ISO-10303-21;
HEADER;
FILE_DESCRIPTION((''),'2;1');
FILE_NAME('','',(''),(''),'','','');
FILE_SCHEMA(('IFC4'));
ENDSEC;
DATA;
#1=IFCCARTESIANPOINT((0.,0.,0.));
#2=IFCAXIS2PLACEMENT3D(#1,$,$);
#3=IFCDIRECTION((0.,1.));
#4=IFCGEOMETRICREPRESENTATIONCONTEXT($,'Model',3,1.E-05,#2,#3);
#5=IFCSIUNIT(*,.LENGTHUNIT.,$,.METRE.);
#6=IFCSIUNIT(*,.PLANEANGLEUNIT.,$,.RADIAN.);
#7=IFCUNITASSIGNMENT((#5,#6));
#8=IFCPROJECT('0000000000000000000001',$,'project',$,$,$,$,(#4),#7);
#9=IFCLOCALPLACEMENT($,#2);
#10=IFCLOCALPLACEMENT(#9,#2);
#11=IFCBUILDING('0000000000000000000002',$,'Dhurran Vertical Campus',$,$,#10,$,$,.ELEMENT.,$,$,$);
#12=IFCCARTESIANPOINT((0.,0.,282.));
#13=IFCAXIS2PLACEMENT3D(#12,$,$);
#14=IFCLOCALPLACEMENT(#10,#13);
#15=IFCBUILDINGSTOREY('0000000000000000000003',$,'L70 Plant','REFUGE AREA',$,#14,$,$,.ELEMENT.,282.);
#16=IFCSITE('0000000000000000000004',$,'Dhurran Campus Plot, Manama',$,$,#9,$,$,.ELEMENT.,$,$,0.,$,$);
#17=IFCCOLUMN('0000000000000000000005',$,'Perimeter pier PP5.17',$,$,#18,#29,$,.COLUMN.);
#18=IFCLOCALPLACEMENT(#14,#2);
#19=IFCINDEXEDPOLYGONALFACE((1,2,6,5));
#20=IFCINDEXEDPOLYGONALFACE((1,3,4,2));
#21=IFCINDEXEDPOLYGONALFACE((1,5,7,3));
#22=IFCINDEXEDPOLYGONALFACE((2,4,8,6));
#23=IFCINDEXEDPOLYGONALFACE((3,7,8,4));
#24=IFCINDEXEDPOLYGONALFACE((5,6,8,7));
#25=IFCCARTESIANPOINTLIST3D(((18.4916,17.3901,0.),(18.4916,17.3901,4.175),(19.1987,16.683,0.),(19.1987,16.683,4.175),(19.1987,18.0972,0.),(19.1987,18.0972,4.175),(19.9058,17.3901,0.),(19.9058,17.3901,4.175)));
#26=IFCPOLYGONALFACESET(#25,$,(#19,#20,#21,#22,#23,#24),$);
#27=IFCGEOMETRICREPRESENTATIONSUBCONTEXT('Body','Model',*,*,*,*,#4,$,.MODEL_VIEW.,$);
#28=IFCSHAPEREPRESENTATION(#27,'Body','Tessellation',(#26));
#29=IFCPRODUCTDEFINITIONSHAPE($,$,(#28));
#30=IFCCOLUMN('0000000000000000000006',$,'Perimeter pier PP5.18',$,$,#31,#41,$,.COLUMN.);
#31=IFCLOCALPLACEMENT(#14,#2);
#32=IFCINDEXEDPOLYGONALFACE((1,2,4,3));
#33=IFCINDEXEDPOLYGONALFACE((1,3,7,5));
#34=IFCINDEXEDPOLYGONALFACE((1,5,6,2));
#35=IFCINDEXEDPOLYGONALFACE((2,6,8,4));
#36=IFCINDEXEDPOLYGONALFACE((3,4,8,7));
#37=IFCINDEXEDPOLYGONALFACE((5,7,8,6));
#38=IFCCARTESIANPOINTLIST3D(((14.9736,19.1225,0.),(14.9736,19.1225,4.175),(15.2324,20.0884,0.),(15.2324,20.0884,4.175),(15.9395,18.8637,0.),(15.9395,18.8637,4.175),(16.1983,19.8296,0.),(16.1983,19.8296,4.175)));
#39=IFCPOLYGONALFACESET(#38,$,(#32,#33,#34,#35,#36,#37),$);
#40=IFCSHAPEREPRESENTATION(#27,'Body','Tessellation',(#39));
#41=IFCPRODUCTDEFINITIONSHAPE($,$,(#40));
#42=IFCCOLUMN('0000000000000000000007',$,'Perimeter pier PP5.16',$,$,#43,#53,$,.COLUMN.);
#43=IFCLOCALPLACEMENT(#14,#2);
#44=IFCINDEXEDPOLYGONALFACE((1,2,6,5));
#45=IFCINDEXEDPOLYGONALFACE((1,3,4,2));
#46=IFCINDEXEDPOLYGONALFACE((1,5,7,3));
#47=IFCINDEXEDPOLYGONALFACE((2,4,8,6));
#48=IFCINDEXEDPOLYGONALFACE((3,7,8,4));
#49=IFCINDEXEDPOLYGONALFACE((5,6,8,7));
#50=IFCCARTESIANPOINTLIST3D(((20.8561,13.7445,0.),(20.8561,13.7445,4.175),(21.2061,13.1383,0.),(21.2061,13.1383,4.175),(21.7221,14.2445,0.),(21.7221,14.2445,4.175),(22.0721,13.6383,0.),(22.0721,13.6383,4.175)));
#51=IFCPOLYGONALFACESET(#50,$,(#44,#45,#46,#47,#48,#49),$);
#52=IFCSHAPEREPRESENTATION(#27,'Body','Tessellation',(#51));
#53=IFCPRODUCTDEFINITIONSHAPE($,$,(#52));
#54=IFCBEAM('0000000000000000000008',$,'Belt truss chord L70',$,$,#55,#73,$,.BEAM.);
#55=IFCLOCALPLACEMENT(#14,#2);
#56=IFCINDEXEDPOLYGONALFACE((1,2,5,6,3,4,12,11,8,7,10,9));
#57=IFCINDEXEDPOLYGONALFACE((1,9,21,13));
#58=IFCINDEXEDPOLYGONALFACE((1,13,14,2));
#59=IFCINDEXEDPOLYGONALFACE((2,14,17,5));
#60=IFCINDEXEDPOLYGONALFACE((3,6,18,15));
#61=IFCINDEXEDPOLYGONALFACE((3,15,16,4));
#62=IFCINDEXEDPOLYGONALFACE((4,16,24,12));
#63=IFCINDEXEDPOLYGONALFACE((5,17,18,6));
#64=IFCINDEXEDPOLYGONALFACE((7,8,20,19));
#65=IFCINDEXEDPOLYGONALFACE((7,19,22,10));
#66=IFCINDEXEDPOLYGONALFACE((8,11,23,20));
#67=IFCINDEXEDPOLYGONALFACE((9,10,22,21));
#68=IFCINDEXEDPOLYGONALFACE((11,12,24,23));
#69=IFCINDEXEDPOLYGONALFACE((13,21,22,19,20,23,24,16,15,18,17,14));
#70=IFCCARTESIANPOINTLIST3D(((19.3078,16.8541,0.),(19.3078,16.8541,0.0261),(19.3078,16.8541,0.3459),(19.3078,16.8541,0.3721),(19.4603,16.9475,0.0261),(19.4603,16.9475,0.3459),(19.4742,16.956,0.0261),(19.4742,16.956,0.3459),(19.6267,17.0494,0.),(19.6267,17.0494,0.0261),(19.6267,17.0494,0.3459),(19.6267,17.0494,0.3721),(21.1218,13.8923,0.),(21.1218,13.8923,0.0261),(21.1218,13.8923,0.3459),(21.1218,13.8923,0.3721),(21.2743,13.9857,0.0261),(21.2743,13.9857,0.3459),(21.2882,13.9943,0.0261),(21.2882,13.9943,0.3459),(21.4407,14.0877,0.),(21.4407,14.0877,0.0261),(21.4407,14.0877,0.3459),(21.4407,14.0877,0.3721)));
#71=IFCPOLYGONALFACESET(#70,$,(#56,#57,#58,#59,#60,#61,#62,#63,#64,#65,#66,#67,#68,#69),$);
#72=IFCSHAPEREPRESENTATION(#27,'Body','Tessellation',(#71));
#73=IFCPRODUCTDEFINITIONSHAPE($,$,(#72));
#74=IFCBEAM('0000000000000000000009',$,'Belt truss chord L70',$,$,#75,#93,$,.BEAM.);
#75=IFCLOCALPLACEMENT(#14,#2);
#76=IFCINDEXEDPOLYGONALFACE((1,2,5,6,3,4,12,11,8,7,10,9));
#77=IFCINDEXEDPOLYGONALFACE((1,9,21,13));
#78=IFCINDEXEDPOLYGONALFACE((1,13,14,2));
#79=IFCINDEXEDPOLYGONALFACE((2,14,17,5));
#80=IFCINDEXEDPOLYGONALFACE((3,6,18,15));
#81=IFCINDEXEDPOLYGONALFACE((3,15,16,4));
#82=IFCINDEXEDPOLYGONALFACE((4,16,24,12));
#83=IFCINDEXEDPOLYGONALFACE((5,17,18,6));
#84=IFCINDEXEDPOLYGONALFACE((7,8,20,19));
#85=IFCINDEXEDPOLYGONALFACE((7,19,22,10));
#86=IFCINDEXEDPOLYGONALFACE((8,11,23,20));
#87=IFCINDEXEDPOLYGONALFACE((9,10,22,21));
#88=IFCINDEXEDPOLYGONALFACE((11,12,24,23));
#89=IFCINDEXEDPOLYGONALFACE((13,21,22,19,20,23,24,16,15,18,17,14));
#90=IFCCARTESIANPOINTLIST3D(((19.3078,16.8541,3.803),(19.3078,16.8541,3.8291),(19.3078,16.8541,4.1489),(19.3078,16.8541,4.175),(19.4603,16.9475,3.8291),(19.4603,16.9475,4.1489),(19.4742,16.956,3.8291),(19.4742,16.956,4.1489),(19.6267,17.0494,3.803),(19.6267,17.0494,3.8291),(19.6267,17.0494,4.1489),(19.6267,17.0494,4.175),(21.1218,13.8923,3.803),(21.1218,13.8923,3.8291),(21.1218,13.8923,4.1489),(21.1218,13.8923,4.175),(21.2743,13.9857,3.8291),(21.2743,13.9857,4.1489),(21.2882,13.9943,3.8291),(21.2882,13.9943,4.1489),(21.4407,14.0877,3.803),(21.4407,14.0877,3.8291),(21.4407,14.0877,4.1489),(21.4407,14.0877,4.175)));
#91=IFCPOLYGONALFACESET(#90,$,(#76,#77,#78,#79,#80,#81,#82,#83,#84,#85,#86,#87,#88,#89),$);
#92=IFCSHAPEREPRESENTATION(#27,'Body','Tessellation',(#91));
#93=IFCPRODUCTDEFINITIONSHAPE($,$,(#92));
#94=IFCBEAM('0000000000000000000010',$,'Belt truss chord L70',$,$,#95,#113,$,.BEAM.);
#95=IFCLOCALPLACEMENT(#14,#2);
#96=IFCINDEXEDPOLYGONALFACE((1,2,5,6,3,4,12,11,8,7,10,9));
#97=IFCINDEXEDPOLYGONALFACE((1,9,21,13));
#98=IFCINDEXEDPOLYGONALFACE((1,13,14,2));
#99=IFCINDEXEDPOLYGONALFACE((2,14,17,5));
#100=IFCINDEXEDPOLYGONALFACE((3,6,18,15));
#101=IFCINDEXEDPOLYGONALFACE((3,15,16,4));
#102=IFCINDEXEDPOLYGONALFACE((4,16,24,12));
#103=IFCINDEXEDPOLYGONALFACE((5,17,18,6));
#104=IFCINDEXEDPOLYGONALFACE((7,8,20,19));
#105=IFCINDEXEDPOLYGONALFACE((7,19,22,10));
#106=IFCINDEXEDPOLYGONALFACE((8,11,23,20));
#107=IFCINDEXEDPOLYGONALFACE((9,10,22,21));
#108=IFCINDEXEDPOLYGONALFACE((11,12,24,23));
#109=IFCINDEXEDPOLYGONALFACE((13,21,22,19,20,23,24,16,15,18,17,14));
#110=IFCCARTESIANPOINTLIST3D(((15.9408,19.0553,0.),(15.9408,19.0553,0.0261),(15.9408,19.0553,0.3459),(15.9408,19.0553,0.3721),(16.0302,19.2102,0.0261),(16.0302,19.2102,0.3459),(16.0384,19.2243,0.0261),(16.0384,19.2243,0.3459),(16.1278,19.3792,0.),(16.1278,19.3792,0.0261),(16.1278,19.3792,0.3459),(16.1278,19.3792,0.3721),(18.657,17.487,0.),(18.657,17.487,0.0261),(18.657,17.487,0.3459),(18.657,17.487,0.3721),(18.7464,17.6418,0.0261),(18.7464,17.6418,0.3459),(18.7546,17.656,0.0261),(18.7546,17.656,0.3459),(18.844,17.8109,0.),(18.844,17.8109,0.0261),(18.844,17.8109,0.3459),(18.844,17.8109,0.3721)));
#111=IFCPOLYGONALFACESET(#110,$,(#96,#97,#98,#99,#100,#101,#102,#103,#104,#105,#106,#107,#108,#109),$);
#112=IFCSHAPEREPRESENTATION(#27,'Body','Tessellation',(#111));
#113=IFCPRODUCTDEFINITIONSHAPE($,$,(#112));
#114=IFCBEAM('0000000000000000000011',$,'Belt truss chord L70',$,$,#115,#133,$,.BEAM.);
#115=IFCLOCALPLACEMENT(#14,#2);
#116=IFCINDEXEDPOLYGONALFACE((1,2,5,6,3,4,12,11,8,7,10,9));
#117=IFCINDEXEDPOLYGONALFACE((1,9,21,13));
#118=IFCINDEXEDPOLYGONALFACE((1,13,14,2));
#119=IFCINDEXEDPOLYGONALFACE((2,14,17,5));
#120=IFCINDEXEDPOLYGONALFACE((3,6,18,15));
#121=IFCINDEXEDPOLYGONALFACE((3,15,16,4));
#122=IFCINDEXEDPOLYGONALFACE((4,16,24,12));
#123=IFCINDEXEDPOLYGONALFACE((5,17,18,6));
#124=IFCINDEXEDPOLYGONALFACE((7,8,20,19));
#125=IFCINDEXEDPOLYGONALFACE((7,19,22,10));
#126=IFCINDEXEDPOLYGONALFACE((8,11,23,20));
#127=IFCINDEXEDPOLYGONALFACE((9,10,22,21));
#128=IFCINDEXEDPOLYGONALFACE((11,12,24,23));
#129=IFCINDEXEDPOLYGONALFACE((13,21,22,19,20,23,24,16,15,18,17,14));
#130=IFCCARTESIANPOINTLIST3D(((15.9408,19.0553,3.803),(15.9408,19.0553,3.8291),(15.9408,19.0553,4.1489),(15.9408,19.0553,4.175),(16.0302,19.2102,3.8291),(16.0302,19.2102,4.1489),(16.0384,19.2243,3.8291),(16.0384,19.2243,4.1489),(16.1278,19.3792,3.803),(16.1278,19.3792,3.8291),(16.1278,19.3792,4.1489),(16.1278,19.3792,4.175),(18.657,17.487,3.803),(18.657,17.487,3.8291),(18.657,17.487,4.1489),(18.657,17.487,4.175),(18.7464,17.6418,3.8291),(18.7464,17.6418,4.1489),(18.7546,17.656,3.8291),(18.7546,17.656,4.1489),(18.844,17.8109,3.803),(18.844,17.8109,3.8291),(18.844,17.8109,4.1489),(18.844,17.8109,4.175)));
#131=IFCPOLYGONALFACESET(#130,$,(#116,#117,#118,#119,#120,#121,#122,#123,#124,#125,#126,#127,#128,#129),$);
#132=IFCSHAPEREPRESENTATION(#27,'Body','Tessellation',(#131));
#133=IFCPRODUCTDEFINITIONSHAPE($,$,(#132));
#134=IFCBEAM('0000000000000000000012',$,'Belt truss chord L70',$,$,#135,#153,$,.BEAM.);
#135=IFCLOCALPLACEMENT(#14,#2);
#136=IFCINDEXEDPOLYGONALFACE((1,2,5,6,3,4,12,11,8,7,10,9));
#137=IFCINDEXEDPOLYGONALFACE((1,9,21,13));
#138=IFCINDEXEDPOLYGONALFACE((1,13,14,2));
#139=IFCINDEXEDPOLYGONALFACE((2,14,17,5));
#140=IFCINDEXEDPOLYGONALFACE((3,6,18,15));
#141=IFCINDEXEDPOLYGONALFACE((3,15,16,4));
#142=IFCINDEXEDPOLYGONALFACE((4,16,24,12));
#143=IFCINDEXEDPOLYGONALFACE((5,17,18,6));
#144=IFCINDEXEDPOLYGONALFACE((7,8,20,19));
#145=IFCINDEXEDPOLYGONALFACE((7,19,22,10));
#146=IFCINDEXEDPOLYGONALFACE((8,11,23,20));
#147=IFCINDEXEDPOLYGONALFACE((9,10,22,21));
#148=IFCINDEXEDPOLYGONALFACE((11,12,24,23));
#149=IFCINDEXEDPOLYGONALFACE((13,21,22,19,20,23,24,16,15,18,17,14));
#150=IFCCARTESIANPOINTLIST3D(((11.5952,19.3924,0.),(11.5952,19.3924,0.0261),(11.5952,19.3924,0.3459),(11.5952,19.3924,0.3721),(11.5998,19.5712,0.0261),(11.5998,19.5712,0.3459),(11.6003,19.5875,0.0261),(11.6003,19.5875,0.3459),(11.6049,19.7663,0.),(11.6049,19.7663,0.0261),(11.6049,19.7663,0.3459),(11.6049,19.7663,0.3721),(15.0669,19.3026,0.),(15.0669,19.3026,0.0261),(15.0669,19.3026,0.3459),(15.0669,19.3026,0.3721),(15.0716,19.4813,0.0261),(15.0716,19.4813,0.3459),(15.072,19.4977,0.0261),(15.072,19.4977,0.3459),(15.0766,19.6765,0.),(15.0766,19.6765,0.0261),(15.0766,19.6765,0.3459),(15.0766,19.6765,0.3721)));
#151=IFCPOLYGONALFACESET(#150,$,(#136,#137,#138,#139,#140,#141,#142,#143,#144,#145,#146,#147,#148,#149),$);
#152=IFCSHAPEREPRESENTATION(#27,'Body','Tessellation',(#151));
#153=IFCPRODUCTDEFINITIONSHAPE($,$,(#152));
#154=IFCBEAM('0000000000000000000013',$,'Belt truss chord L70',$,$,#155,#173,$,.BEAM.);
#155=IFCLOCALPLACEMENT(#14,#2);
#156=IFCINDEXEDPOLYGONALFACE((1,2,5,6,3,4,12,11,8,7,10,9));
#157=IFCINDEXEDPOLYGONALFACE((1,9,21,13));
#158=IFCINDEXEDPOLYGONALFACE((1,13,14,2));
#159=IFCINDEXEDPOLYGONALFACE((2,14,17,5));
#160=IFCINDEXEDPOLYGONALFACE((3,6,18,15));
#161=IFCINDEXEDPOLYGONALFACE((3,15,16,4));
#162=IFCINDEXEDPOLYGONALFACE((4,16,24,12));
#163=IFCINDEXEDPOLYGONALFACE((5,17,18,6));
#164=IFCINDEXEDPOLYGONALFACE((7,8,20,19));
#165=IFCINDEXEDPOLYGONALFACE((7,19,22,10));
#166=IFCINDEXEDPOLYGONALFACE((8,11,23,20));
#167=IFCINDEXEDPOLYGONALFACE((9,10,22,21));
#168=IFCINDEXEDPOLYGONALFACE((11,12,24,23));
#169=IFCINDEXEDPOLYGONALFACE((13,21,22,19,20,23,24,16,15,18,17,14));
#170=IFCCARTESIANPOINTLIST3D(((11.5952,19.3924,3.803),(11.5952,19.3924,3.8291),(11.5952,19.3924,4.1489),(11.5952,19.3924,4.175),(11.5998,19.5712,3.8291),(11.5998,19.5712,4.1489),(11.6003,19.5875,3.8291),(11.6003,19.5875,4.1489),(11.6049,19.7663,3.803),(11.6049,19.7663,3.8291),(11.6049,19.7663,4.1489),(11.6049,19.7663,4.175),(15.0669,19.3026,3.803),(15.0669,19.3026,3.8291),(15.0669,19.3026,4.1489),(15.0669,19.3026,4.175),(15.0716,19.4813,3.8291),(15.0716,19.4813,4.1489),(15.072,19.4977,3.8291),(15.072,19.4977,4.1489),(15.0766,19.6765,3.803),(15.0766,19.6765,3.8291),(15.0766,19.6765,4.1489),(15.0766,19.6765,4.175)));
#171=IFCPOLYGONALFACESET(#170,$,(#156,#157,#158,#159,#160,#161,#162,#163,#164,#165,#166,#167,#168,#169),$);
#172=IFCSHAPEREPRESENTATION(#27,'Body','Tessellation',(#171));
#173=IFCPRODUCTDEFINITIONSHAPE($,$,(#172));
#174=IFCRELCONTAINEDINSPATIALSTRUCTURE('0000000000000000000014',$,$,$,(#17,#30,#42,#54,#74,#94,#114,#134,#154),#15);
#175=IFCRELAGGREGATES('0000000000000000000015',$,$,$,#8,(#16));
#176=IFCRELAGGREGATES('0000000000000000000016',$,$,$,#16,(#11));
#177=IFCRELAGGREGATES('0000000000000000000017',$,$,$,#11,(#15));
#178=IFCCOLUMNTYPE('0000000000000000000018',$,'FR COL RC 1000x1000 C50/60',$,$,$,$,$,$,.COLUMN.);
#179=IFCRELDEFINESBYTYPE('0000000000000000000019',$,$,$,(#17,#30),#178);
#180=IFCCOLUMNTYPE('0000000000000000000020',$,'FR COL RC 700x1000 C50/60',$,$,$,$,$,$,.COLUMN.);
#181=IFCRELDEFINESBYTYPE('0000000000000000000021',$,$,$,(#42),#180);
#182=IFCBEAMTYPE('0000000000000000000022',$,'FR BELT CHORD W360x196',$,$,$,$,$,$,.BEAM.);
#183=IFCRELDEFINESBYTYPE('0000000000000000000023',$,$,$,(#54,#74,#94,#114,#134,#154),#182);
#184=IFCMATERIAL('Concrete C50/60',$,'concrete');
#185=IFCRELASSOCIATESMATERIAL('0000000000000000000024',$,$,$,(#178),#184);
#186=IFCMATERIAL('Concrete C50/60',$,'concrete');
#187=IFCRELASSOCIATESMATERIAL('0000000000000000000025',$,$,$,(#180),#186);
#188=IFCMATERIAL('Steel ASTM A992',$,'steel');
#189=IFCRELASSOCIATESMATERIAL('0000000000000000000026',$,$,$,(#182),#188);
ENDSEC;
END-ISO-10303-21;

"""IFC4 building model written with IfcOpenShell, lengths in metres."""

from ifc_helpers import new_model, si_unit, direction, frame, origin, origin_2d, place, context, subcontext, project, spatial, rectangle, i_section, extrude, material, material_profile, profile_set, type_object, element, save


model = new_model("IFC4")

# Units and contexts
model_context = context("Model", 3, precision=1e-05, world=origin(), true_north=direction((0.0, 1.0)))
body_context = subcontext(model_context, "Body", "Model", "MODEL_VIEW")
ifc_project = project(units=[si_unit("LENGTHUNIT", "METRE"), si_unit("PLANEANGLEUNIT", "RADIAN")], contexts=[model_context])

# Site, building, storey
site_placement = place(None, origin())
site = spatial("IfcSite", under=ifc_project, at=site_placement, Name="Dhurran Campus Plot, Manama", CompositionType="ELEMENT", RefElevation=0.0)
building_placement = place(site_placement, origin())
building = spatial("IfcBuilding", under=site, at=building_placement, Name="Dhurran Vertical Campus", CompositionType="ELEMENT")
storey_placement = place(building_placement, frame((0.0, 0.0, 282.0)))
storey = spatial("IfcBuildingStorey", under=building, at=storey_placement, Name="L70 Plant", Description="REFUGE AREA", CompositionType="ELEMENT", Elevation=282.0)

# Columns
ifc_material_1 = material(Name="Concrete C50/60", Category="concrete")
ifc_material_profile_1 = material_profile(ifc_material_1, rectangle(XDim=1.0, YDim=1.0, at=origin_2d()), Name="RC 1000x1000")
ifc_profile_set_1 = profile_set([ifc_material_profile_1], Name="Concrete C50/60")
column_type_1 = type_object("IfcColumnType", Name="FR COL RC 1000x1000 C50/60", PredefinedType="COLUMN", material=ifc_profile_set_1)
for number, where, z_axis, x_axis, name in (
    (1, (19.1987, 17.3901, 0.0), (0.0, 0.0, 1.0), (-0.707107, 0.707107, 0.0), "Perimeter pier PP5.17"),
    (2, (15.5859, 19.4761, 0.0), (0.0, 0.0, 1.0), (-0.965926, 0.258819, 0.0), "Perimeter pier PP5.18"),
):
    element("IfcColumn", number, at=place(storey_placement, frame(where, z_axis=z_axis, x_axis=x_axis)), inside=storey, type_object=column_type_1, Name=name, PredefinedType="COLUMN", context=body_context, shape_type="SweptSolid", body=[
        extrude(rectangle(XDim=1.0, YDim=1.0, at=origin_2d()), origin(), (0.0, 0.0, 1.0), 4.175),
    ])
ifc_material_2 = material(Name="Concrete C50/60", Category="concrete")
ifc_material_profile_2 = material_profile(ifc_material_2, rectangle(XDim=0.7, YDim=1.0, at=origin_2d()), Name="RC 700x1000")
ifc_profile_set_2 = profile_set([ifc_material_profile_2], Name="Concrete C50/60")
column_type_2 = type_object("IfcColumnType", Name="FR COL RC 700x1000 C50/60", PredefinedType="COLUMN", material=ifc_profile_set_2)
column_placement = place(storey_placement, frame((21.4641, 13.6914, 0.0), z_axis=(0.0, 0.0, 1.0), x_axis=(-0.5, 0.866025, 0.0)))
element("IfcColumn", 3, at=column_placement, inside=storey, type_object=column_type_2, Name="Perimeter pier PP5.16", PredefinedType="COLUMN", context=body_context, shape_type="SweptSolid", body=[
    extrude(rectangle(XDim=0.7, YDim=1.0, at=origin_2d()), origin(), (0.0, 0.0, 1.0), 4.175),
])

# Beams
ifc_material_3 = material(Name="Steel ASTM A992", Category="steel")
ifc_material_profile_3 = material_profile(ifc_material_3, i_section(OverallWidth=0.374, OverallDepth=0.3721, WebThickness=0.0164, FlangeThickness=0.0261, at=origin_2d()), Name="W360x196")
ifc_profile_set_3 = profile_set([ifc_material_profile_3], Name="Steel ASTM A992")
beam_type = type_object("IfcBeamType", Name="FR BELT CHORD W360x196", PredefinedType="BEAM", material=ifc_profile_set_3)
for number, where, z_axis, x_axis, name in (
    (4, (21.2812, 13.99, 0.186), (-0.5223, 0.852762, 0.0), (-0.852762, -0.5223, 0.0), "Belt truss chord L70"),
    (5, (21.2812, 13.99, 3.989), (-0.5223, 0.852762, 0.0), (-0.852762, -0.5223, 0.0), "Belt truss chord L70"),
):
    element("IfcBeam", number, at=place(storey_placement, frame(where, z_axis=z_axis, x_axis=x_axis)), inside=storey, type_object=beam_type, Name=name, PredefinedType="BEAM", context=body_context, shape_type="SweptSolid", body=[
        extrude(i_section(OverallWidth=0.374, OverallDepth=0.3721, WebThickness=0.0164, FlangeThickness=0.0261, at=origin_2d()), origin(), (0.0, 0.0, 1.0), 3.4731),
    ])
for number, where, z_axis, x_axis, name in (
    (6, (18.7505, 17.6489, 0.186), (-0.866012, 0.500023, 0.0), (-0.500023, -0.866012, 0.0), "Belt truss chord L70"),
    (7, (18.7505, 17.6489, 3.989), (-0.866012, 0.500023, 0.0), (-0.500023, -0.866012, 0.0), "Belt truss chord L70"),
):
    element("IfcBeam", number, at=place(storey_placement, frame(where, z_axis=z_axis, x_axis=x_axis)), inside=storey, type_object=beam_type, Name=name, PredefinedType="BEAM", context=body_context, shape_type="SweptSolid", body=[
        extrude(i_section(OverallWidth=0.374, OverallDepth=0.3721, WebThickness=0.0164, FlangeThickness=0.0261, at=origin_2d()), origin(), (0.0, 0.0, 1.0), 3.1365),
    ])
for number, where, z_axis, x_axis, name in (
    (8, (15.0718, 19.4895, 0.186), (-0.999665, 0.02587, 0.0), (-0.02587, -0.999665, 0.0), "Belt truss chord L70"),
    (9, (15.0718, 19.4895, 3.989), (-0.999665, 0.02587, 0.0), (-0.02587, -0.999665, 0.0), "Belt truss chord L70"),
):
    element("IfcBeam", number, at=place(storey_placement, frame(where, z_axis=z_axis, x_axis=x_axis)), inside=storey, type_object=beam_type, Name=name, PredefinedType="BEAM", context=body_context, shape_type="SweptSolid", body=[
        extrude(i_section(OverallWidth=0.374, OverallDepth=0.3721, WebThickness=0.0164, FlangeThickness=0.0261, at=origin_2d()), origin(), (0.0, 0.0, 1.0), 3.4729),
    ])

save(model, "model.ifc")
